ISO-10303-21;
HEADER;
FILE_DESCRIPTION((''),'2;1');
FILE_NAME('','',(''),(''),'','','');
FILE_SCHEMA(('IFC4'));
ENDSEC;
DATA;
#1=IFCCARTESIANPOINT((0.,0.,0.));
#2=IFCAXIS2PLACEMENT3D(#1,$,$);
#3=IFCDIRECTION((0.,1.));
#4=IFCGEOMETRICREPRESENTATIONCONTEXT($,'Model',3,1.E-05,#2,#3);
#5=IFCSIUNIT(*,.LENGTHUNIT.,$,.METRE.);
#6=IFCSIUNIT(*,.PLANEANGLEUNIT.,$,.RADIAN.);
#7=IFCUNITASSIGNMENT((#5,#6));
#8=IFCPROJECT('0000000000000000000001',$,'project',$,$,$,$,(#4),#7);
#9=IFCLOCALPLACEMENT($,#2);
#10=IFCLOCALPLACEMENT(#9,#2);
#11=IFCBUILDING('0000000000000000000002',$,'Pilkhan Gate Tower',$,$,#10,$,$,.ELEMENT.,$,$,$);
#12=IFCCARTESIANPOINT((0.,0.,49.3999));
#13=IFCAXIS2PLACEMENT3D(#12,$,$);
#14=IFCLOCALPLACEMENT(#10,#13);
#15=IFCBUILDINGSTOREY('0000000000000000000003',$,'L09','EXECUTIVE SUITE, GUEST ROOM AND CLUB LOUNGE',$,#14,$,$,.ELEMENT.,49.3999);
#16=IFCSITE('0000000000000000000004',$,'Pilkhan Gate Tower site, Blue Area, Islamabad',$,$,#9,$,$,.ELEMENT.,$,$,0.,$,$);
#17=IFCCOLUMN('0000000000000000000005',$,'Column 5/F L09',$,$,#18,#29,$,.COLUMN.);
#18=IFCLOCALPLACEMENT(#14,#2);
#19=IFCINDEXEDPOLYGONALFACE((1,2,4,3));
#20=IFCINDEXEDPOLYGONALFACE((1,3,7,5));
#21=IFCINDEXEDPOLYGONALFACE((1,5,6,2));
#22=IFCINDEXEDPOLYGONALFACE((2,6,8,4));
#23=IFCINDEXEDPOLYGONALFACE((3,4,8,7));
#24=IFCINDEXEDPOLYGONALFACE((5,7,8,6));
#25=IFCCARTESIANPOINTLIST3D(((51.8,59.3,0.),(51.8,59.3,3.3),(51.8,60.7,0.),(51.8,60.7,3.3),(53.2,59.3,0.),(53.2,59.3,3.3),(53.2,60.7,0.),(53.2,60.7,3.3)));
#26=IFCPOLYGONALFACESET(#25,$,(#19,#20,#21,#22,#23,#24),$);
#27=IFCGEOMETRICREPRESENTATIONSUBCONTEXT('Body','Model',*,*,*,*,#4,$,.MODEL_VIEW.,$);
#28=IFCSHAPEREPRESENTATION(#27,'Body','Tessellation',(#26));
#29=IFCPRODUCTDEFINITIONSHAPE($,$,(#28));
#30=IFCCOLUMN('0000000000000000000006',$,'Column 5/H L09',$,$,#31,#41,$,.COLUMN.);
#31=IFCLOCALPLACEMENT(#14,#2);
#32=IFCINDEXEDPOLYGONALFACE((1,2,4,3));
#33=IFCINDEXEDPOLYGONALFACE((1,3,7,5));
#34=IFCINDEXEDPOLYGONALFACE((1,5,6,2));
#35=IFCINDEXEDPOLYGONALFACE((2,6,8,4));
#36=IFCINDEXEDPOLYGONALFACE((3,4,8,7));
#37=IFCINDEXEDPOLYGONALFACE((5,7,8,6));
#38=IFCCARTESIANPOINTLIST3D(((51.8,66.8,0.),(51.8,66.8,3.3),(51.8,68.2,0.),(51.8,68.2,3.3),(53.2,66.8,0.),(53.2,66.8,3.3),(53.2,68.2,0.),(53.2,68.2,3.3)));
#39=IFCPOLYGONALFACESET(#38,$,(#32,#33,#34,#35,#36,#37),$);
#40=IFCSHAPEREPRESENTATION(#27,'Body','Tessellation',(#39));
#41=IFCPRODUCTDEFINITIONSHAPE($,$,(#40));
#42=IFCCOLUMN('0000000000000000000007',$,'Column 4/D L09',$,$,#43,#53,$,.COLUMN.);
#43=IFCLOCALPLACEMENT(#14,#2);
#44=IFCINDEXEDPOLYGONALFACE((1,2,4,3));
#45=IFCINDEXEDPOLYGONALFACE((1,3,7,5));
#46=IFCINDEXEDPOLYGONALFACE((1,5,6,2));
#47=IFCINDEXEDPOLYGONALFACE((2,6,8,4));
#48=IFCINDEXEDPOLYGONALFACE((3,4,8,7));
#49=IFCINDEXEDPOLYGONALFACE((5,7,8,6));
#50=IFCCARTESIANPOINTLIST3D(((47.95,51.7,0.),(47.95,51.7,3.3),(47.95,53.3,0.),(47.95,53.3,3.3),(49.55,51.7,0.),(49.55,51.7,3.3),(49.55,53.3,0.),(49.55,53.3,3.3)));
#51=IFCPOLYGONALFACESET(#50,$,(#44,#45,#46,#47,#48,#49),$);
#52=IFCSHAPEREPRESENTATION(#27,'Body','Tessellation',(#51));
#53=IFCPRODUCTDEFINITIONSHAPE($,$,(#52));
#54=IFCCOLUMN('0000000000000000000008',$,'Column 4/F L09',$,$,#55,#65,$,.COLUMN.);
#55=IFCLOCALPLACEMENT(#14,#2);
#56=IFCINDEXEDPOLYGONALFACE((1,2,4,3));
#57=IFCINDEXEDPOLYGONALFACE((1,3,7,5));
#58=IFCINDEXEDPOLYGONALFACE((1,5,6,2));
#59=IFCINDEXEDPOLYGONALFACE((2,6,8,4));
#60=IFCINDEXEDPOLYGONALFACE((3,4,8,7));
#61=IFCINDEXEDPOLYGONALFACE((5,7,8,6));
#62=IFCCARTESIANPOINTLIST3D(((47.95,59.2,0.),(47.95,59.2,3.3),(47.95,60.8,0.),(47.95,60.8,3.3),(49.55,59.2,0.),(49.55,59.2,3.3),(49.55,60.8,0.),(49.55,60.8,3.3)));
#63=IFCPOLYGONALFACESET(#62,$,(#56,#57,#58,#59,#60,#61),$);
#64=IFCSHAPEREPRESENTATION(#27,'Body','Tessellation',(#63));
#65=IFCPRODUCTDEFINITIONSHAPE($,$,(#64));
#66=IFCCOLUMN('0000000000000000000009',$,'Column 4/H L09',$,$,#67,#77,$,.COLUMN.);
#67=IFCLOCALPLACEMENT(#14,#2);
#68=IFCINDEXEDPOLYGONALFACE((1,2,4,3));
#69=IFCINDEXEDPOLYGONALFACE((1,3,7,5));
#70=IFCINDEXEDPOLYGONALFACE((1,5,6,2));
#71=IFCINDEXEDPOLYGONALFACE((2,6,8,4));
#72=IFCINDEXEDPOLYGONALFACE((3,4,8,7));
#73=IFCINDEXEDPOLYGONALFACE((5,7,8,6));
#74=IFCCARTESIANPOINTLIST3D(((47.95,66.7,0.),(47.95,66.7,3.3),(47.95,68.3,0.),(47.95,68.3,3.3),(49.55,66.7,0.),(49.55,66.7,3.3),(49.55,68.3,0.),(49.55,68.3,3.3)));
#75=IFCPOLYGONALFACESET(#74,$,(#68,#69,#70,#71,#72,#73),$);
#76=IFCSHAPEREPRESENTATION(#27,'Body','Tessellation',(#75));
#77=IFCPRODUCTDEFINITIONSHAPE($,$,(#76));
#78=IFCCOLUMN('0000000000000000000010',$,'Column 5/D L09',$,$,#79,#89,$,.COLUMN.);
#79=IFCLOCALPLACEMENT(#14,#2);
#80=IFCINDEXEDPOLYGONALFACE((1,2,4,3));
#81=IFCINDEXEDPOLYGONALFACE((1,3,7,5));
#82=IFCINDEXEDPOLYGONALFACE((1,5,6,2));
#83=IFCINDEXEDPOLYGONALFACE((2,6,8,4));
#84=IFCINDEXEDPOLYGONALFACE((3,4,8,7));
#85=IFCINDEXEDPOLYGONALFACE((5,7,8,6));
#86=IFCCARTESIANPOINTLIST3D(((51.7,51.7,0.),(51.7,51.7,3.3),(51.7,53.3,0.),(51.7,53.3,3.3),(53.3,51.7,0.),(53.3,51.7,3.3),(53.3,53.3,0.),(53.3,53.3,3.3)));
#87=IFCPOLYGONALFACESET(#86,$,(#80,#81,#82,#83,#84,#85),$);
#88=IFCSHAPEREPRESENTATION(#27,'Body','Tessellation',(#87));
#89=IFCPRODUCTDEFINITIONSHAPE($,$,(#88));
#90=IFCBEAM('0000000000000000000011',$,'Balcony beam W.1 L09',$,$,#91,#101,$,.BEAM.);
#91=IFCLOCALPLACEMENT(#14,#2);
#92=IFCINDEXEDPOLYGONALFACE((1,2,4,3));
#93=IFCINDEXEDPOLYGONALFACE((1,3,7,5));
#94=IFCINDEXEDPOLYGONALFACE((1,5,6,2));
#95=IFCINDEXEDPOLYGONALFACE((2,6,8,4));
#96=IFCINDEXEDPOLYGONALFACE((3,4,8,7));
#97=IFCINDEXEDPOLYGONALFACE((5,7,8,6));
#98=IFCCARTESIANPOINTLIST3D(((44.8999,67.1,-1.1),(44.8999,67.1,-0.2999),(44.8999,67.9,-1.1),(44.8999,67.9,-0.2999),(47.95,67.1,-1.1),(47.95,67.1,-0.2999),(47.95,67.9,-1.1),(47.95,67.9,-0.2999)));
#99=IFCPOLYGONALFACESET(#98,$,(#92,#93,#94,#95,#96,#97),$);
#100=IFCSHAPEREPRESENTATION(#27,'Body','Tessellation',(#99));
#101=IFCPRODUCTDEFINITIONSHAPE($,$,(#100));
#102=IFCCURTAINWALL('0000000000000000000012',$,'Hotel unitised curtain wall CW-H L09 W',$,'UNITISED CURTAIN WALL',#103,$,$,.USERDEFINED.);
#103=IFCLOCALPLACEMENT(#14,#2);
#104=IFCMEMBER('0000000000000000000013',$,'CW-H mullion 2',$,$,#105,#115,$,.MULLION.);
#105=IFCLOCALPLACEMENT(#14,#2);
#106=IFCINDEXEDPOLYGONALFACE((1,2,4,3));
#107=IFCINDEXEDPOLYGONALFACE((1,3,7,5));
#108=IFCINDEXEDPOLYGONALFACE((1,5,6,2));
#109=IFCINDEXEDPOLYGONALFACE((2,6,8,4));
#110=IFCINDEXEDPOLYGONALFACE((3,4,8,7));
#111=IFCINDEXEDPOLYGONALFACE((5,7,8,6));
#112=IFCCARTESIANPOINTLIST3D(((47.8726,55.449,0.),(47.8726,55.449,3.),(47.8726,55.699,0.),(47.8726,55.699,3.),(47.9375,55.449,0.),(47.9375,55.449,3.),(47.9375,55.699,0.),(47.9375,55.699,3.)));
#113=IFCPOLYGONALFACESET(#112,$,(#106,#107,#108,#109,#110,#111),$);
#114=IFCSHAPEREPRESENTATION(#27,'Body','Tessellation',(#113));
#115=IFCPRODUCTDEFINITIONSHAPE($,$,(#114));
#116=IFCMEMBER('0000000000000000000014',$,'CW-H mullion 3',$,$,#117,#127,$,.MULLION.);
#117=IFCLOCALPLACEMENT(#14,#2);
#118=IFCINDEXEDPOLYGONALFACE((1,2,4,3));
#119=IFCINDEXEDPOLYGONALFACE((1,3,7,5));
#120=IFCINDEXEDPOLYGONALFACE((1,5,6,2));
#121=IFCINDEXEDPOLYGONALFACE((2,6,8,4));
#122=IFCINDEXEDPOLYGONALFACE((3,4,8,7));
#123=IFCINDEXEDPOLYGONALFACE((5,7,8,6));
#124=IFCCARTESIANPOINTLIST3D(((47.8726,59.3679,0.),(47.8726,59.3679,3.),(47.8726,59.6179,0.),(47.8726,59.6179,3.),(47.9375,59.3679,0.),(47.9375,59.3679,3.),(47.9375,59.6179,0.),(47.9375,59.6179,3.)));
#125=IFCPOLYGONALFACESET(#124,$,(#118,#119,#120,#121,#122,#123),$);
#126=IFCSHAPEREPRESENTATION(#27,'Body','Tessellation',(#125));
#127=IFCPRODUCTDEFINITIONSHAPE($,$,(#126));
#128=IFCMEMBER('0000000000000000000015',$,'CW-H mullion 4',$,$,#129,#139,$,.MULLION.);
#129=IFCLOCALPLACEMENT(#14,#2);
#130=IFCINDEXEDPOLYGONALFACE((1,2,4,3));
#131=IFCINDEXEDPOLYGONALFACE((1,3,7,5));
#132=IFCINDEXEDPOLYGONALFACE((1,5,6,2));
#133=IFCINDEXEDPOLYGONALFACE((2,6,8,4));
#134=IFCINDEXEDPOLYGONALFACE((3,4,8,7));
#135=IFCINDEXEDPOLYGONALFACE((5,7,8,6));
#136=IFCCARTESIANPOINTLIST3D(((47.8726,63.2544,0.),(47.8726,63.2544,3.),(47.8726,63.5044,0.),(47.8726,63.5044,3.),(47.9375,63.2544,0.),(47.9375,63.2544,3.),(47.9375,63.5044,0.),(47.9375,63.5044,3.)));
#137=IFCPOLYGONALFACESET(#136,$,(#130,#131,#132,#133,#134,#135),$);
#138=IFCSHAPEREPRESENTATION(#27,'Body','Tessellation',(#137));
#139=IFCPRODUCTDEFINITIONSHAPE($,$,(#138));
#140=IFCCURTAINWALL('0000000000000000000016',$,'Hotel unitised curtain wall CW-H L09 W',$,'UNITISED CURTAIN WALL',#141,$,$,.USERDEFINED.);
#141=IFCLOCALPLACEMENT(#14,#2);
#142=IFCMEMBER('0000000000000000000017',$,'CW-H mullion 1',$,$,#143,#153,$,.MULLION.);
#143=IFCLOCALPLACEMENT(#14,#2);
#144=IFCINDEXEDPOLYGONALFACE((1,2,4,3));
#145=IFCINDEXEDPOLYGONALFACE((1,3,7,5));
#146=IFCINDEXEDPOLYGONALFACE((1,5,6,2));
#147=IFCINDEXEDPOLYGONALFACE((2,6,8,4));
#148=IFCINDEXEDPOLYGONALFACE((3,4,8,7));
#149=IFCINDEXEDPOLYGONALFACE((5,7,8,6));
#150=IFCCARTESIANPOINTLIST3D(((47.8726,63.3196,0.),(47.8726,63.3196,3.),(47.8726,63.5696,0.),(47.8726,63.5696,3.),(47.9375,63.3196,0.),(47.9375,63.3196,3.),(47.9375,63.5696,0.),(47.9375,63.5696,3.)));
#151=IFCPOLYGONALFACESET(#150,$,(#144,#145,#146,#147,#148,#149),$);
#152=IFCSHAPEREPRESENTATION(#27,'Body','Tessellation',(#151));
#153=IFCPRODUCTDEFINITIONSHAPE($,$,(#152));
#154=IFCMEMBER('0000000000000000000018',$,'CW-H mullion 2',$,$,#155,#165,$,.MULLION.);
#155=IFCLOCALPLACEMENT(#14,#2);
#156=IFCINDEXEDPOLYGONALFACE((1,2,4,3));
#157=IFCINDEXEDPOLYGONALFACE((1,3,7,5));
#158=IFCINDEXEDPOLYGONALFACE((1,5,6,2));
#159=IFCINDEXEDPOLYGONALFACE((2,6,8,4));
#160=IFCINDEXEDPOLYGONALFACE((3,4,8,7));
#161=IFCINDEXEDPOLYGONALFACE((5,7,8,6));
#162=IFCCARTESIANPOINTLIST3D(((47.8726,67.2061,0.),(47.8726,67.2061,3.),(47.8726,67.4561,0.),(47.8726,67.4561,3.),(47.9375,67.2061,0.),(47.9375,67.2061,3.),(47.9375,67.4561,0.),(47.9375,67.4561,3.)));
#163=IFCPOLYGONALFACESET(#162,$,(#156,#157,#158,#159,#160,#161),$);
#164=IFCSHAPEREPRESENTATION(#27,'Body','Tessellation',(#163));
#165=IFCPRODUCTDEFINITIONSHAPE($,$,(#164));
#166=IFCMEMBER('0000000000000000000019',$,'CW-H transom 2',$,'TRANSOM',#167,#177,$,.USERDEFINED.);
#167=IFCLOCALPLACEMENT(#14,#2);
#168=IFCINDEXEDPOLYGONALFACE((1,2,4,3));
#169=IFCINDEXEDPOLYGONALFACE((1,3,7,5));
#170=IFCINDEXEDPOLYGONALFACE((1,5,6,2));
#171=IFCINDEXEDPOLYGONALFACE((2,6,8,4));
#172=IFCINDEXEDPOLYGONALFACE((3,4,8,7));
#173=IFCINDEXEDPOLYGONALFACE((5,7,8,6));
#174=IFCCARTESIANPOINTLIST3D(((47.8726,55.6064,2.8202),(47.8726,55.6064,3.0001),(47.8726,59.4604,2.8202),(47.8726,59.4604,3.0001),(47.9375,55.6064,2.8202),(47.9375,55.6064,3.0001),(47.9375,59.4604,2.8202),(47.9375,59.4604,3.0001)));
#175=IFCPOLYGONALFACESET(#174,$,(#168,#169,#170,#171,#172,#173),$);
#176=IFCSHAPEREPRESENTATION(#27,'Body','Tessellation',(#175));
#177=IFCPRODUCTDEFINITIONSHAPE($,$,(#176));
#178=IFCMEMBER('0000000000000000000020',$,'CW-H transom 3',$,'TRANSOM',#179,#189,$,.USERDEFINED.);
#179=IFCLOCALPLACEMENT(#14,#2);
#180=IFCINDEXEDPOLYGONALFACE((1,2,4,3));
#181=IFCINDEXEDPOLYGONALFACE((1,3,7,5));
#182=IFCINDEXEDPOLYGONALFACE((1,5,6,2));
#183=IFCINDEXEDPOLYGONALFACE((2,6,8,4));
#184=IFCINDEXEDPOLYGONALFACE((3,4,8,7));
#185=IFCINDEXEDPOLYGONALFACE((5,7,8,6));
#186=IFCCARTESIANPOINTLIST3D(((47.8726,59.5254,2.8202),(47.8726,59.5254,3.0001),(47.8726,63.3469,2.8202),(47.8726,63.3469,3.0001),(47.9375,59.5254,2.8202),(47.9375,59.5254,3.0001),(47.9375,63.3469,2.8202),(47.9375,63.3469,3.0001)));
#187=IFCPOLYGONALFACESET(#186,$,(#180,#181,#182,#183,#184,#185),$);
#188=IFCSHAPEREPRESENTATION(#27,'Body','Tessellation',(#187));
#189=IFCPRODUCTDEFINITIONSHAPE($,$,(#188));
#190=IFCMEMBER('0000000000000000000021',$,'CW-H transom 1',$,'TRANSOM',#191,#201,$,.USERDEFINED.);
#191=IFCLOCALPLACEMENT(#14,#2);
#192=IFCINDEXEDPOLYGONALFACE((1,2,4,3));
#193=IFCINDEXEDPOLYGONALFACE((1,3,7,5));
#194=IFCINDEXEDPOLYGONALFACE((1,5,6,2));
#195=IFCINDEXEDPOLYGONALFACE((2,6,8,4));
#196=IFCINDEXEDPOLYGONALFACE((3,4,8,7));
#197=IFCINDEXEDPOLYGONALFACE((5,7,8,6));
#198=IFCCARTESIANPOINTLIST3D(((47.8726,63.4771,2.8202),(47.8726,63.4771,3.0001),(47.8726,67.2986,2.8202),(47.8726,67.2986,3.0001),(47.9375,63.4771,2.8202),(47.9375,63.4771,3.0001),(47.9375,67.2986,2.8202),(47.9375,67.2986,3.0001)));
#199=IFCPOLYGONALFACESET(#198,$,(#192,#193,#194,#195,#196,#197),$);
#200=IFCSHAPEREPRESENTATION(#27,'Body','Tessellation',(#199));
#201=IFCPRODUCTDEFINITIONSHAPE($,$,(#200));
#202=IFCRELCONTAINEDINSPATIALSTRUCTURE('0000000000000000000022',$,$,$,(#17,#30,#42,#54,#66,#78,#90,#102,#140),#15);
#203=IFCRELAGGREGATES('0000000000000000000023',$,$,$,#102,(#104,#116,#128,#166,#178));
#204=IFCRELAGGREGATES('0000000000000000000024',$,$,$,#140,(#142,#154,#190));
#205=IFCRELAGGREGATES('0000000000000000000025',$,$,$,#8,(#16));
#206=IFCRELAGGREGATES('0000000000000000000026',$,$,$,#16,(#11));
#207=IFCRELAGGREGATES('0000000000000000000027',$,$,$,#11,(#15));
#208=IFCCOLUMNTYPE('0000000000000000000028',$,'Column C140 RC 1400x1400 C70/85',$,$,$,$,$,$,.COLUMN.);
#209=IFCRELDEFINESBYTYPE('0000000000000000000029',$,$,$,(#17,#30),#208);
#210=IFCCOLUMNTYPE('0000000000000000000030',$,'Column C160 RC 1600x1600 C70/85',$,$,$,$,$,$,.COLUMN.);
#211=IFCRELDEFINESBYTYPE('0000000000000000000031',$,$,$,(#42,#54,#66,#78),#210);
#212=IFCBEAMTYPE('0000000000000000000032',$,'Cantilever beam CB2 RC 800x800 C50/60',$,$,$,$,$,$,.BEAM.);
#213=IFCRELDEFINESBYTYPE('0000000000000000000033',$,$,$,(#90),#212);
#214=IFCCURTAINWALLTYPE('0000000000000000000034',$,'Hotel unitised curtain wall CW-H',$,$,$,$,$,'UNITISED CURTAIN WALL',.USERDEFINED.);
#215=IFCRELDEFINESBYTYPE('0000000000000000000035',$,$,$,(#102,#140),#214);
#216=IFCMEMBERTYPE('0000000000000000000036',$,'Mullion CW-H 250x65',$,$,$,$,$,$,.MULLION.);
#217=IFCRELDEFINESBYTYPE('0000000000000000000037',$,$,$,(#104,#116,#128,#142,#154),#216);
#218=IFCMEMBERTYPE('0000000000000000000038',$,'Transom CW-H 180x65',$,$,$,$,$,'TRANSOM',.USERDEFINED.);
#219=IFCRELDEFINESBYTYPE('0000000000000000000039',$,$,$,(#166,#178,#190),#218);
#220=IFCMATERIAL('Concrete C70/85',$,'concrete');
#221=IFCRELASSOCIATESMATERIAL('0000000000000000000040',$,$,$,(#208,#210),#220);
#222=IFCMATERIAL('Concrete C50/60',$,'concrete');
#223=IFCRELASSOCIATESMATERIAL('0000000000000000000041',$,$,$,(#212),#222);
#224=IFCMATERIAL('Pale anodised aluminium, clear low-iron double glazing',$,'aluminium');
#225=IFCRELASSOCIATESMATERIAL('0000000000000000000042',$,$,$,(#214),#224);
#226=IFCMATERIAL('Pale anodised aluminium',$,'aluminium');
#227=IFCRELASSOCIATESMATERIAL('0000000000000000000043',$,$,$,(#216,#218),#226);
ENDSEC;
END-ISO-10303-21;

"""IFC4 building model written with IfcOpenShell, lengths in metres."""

from ifc_helpers import new_model, si_unit, direction, frame, origin, origin_2d, place, context, subcontext, project, spatial, rectangle, extrude, material, material_profile, profile_set, type_object, element, aggregate, save


model = new_model("IFC4")

# Units and contexts
model_context = context("Model", 3, precision=1e-05, world=origin(), true_north=direction((0.0, 1.0)))
body_context = subcontext(model_context, "Body", "Model", "MODEL_VIEW")
ifc_project = project(units=[si_unit("LENGTHUNIT", "METRE"), si_unit("PLANEANGLEUNIT", "RADIAN")], contexts=[model_context])

# Site, building, storey
site_placement = place(None, origin())
site = spatial("IfcSite", under=ifc_project, at=site_placement, Name="Pilkhan Gate Tower site, Blue Area, Islamabad", CompositionType="ELEMENT", RefElevation=0.0)
building_placement = place(site_placement, origin())
building = spatial("IfcBuilding", under=site, at=building_placement, Name="Pilkhan Gate Tower", CompositionType="ELEMENT")
storey_placement = place(building_placement, frame((0.0, 0.0, 49.3999)))
storey = spatial("IfcBuildingStorey", under=building, at=storey_placement, Name="L09", Description="EXECUTIVE SUITE, GUEST ROOM AND CLUB LOUNGE", CompositionType="ELEMENT", Elevation=49.3999)

# Columns
ifc_material_1 = material(Name="Concrete C70/85", Category="concrete")
ifc_material_profile_1 = material_profile(ifc_material_1, rectangle(XDim=1.3999, YDim=1.3999, at=origin_2d()), Name="RC 1400x1400")
ifc_profile_set_1 = profile_set([ifc_material_profile_1], Name="Concrete C70/85")
column_type_1 = type_object("IfcColumnType", Name="Column C140 RC 1400x1400 C70/85", PredefinedType="COLUMN", material=ifc_profile_set_1)
for number, where, z_axis, x_axis, name in (
    (1, (52.5, 60.0, 0.0), (0.0, 0.0, 1.0), (1.0, 0.0, 0.0), "Column 5/F L09"),
    (2, (52.5, 67.5, 0.0), (0.0, 0.0, 1.0), (1.0, 0.0, 0.0), "Column 5/H L09"),
):
    element("IfcColumn", number, at=place(storey_placement, frame(where, z_axis=z_axis, x_axis=x_axis)), inside=storey, type_object=column_type_1, Name=name, PredefinedType="COLUMN", context=body_context, shape_type="SweptSolid", body=[
        extrude(rectangle(XDim=1.3999, YDim=1.3999, at=origin_2d()), origin(), (0.0, 0.0, 1.0), 3.3),
    ])
ifc_material_profile_2 = material_profile(ifc_material_1, rectangle(XDim=1.6001, YDim=1.6001, at=origin_2d()), Name="RC 1600x1600")
ifc_profile_set_2 = profile_set([ifc_material_profile_2], Name="Concrete C70/85")
column_type_2 = type_object("IfcColumnType", Name="Column C160 RC 1600x1600 C70/85", PredefinedType="COLUMN", material=ifc_profile_set_2)
for number, where, z_axis, x_axis, name in (
    (3, (48.75, 52.5, 0.0), (0.0, 0.0, 1.0), (1.0, 0.0, 0.0), "Column 4/D L09"),
    (4, (48.75, 60.0, 0.0), (0.0, 0.0, 1.0), (1.0, 0.0, 0.0), "Column 4/F L09"),
    (5, (48.75, 67.5, 0.0), (0.0, 0.0, 1.0), (1.0, 0.0, 0.0), "Column 4/H L09"),
    (6, (52.5, 52.5, 0.0), (0.0, 0.0, 1.0), (1.0, 0.0, 0.0), "Column 5/D L09"),
):
    element("IfcColumn", number, at=place(storey_placement, frame(where, z_axis=z_axis, x_axis=x_axis)), inside=storey, type_object=column_type_2, Name=name, PredefinedType="COLUMN", context=body_context, shape_type="SweptSolid", body=[
        extrude(rectangle(XDim=1.6001, YDim=1.6001, at=origin_2d()), origin(), (0.0, 0.0, 1.0), 3.3),
    ])

# Beam
ifc_material_2 = material(Name="Concrete C50/60", Category="concrete")
ifc_material_profile_3 = material_profile(ifc_material_2, rectangle(XDim=0.8, YDim=0.8, at=origin_2d()), Name="RC 800x800")
ifc_profile_set_3 = profile_set([ifc_material_profile_3], Name="Concrete C50/60")
beam_type = type_object("IfcBeamType", Name="Cantilever beam CB2 RC 800x800 C50/60", PredefinedType="BEAM", material=ifc_profile_set_3)
beam_placement = place(storey_placement, frame((47.95, 67.5, -0.7), z_axis=(-1.0, 0.0, 0.0), x_axis=(0.0, -1.0, 0.0)))
element("IfcBeam", 7, at=beam_placement, inside=storey, type_object=beam_type, Name="Balcony beam W.1 L09", PredefinedType="BEAM", context=body_context, shape_type="SweptSolid", body=[
    extrude(rectangle(XDim=0.8, YDim=0.8, at=origin_2d()), origin(), (0.0, 0.0, 1.0), 3.05),
])

# Curtain walls, members
ifc_material_3 = material(Name="Pale anodised aluminium, clear low-iron double glazing", Category="aluminium")
curtain_wall_type = type_object("IfcCurtainWallType", Name="Hotel unitised curtain wall CW-H", ElementType="UNITISED CURTAIN WALL", PredefinedType="USERDEFINED", material=ifc_material_3)
curtain_wall_1_placement = place(storey_placement, origin())
curtain_wall_1 = element("IfcCurtainWall", 8, at=curtain_wall_1_placement, inside=storey, type_object=curtain_wall_type, Name="Hotel unitised curtain wall CW-H L09 W", ObjectType="UNITISED CURTAIN WALL", PredefinedType="USERDEFINED")
ifc_material_4 = material(Name="Pale anodised aluminium", Category="aluminium")
ifc_material_profile_4 = material_profile(ifc_material_4, rectangle(XDim=0.0649, YDim=0.25, at=origin_2d()), Name="Mullion 250x65")
ifc_profile_set_4 = profile_set([ifc_material_profile_4], Name="Pale anodised aluminium")
member_type_1 = type_object("IfcMemberType", Name="Mullion CW-H 250x65", PredefinedType="MULLION", material=ifc_profile_set_4)
member_1_placement = place(storey_placement, frame((47.905, 55.574, 0.0), z_axis=(0.0, 0.0, 1.0), x_axis=(-1.0, 0.0, 0.0)))
member_1 = element("IfcMember", 9, at=member_1_placement, type_object=member_type_1, Name="CW-H mullion 2", PredefinedType="MULLION", context=body_context, shape_type="SweptSolid", body=[
    extrude(rectangle(XDim=0.0649, YDim=0.25, at=origin_2d()), origin(), (0.0, 0.0, 1.0), 3.0),
])
member_2_placement = place(storey_placement, frame((47.905, 59.4929, 0.0), z_axis=(0.0, 0.0, 1.0), x_axis=(-1.0, 0.0, 0.0)))
member_2 = element("IfcMember", 10, at=member_2_placement, type_object=member_type_1, Name="CW-H mullion 3", PredefinedType="MULLION", context=body_context, shape_type="SweptSolid", body=[
    extrude(rectangle(XDim=0.0649, YDim=0.25, at=origin_2d()), origin(), (0.0, 0.0, 1.0), 3.0),
])
member_3_placement = place(storey_placement, frame((47.905, 63.3794, 0.0), z_axis=(0.0, 0.0, 1.0), x_axis=(-1.0, 0.0, 0.0)))
member_3 = element("IfcMember", 11, at=member_3_placement, type_object=member_type_1, Name="CW-H mullion 4", PredefinedType="MULLION", context=body_context, shape_type="SweptSolid", body=[
    extrude(rectangle(XDim=0.0649, YDim=0.25, at=origin_2d()), origin(), (0.0, 0.0, 1.0), 3.0),
])
curtain_wall_2_placement = place(storey_placement, origin())
curtain_wall_2 = element("IfcCurtainWall", 12, at=curtain_wall_2_placement, inside=storey, type_object=curtain_wall_type, Name="Hotel unitised curtain wall CW-H L09 W", ObjectType="UNITISED CURTAIN WALL", PredefinedType="USERDEFINED")
member_4_placement = place(storey_placement, frame((47.905, 63.4446, 0.0), z_axis=(0.0, 0.0, 1.0), x_axis=(-1.0, 0.0, 0.0)))
member_4 = element("IfcMember", 13, at=member_4_placement, type_object=member_type_1, Name="CW-H mullion 1", PredefinedType="MULLION", context=body_context, shape_type="SweptSolid", body=[
    extrude(rectangle(XDim=0.0649, YDim=0.25, at=origin_2d()), origin(), (0.0, 0.0, 1.0), 3.0),
])
member_5_placement = place(storey_placement, frame((47.905, 67.3311, 0.0), z_axis=(0.0, 0.0, 1.0), x_axis=(-1.0, 0.0, 0.0)))
member_5 = element("IfcMember", 14, at=member_5_placement, type_object=member_type_1, Name="CW-H mullion 2", PredefinedType="MULLION", context=body_context, shape_type="SweptSolid", body=[
    extrude(rectangle(XDim=0.0649, YDim=0.25, at=origin_2d()), origin(), (0.0, 0.0, 1.0), 3.0),
])

# Members
ifc_material_profile_5 = material_profile(ifc_material_4, rectangle(XDim=0.0649, YDim=0.1799, at=origin_2d()), Name="Transom 180x65")
ifc_profile_set_5 = profile_set([ifc_material_profile_5], Name="Pale anodised aluminium")
member_type_2 = type_object("IfcMemberType", Name="Transom CW-H 180x65", ElementType="TRANSOM", PredefinedType="USERDEFINED", material=ifc_profile_set_5)
member_6_placement = place(storey_placement, frame((47.905, 55.6064, 2.9102), z_axis=(0.0, 1.0, 0.0), x_axis=(-1.0, 0.0, 0.0)))
member_6 = element("IfcMember", 15, at=member_6_placement, type_object=member_type_2, Name="CW-H transom 2", ObjectType="TRANSOM", PredefinedType="USERDEFINED", context=body_context, shape_type="SweptSolid", body=[
    extrude(rectangle(XDim=0.0649, YDim=0.1799, at=origin_2d()), origin(), (0.0, 0.0, 1.0), 3.854),
])
member_7_placement = place(storey_placement, frame((47.905, 59.5254, 2.9102), z_axis=(0.0, 1.0, 0.0), x_axis=(-1.0, 0.0, 0.0)))
member_7 = element("IfcMember", 16, at=member_7_placement, type_object=member_type_2, Name="CW-H transom 3", ObjectType="TRANSOM", PredefinedType="USERDEFINED", context=body_context, shape_type="SweptSolid", body=[
    extrude(rectangle(XDim=0.0649, YDim=0.1799, at=origin_2d()), origin(), (0.0, 0.0, 1.0), 3.8215),
])
member_8_placement = place(storey_placement, frame((47.905, 63.4771, 2.9102), z_axis=(0.0, 1.0, 0.0), x_axis=(-1.0, 0.0, 0.0)))
member_8 = element("IfcMember", 17, at=member_8_placement, type_object=member_type_2, Name="CW-H transom 1", ObjectType="TRANSOM", PredefinedType="USERDEFINED", context=body_context, shape_type="SweptSolid", body=[
    extrude(rectangle(XDim=0.0649, YDim=0.1799, at=origin_2d()), origin(), (0.0, 0.0, 1.0), 3.8215),
])

aggregate(curtain_wall_1, [member_1, member_2, member_3, member_6, member_7])
aggregate(curtain_wall_2, [member_4, member_5, member_8])

save(model, "model.ifc")
